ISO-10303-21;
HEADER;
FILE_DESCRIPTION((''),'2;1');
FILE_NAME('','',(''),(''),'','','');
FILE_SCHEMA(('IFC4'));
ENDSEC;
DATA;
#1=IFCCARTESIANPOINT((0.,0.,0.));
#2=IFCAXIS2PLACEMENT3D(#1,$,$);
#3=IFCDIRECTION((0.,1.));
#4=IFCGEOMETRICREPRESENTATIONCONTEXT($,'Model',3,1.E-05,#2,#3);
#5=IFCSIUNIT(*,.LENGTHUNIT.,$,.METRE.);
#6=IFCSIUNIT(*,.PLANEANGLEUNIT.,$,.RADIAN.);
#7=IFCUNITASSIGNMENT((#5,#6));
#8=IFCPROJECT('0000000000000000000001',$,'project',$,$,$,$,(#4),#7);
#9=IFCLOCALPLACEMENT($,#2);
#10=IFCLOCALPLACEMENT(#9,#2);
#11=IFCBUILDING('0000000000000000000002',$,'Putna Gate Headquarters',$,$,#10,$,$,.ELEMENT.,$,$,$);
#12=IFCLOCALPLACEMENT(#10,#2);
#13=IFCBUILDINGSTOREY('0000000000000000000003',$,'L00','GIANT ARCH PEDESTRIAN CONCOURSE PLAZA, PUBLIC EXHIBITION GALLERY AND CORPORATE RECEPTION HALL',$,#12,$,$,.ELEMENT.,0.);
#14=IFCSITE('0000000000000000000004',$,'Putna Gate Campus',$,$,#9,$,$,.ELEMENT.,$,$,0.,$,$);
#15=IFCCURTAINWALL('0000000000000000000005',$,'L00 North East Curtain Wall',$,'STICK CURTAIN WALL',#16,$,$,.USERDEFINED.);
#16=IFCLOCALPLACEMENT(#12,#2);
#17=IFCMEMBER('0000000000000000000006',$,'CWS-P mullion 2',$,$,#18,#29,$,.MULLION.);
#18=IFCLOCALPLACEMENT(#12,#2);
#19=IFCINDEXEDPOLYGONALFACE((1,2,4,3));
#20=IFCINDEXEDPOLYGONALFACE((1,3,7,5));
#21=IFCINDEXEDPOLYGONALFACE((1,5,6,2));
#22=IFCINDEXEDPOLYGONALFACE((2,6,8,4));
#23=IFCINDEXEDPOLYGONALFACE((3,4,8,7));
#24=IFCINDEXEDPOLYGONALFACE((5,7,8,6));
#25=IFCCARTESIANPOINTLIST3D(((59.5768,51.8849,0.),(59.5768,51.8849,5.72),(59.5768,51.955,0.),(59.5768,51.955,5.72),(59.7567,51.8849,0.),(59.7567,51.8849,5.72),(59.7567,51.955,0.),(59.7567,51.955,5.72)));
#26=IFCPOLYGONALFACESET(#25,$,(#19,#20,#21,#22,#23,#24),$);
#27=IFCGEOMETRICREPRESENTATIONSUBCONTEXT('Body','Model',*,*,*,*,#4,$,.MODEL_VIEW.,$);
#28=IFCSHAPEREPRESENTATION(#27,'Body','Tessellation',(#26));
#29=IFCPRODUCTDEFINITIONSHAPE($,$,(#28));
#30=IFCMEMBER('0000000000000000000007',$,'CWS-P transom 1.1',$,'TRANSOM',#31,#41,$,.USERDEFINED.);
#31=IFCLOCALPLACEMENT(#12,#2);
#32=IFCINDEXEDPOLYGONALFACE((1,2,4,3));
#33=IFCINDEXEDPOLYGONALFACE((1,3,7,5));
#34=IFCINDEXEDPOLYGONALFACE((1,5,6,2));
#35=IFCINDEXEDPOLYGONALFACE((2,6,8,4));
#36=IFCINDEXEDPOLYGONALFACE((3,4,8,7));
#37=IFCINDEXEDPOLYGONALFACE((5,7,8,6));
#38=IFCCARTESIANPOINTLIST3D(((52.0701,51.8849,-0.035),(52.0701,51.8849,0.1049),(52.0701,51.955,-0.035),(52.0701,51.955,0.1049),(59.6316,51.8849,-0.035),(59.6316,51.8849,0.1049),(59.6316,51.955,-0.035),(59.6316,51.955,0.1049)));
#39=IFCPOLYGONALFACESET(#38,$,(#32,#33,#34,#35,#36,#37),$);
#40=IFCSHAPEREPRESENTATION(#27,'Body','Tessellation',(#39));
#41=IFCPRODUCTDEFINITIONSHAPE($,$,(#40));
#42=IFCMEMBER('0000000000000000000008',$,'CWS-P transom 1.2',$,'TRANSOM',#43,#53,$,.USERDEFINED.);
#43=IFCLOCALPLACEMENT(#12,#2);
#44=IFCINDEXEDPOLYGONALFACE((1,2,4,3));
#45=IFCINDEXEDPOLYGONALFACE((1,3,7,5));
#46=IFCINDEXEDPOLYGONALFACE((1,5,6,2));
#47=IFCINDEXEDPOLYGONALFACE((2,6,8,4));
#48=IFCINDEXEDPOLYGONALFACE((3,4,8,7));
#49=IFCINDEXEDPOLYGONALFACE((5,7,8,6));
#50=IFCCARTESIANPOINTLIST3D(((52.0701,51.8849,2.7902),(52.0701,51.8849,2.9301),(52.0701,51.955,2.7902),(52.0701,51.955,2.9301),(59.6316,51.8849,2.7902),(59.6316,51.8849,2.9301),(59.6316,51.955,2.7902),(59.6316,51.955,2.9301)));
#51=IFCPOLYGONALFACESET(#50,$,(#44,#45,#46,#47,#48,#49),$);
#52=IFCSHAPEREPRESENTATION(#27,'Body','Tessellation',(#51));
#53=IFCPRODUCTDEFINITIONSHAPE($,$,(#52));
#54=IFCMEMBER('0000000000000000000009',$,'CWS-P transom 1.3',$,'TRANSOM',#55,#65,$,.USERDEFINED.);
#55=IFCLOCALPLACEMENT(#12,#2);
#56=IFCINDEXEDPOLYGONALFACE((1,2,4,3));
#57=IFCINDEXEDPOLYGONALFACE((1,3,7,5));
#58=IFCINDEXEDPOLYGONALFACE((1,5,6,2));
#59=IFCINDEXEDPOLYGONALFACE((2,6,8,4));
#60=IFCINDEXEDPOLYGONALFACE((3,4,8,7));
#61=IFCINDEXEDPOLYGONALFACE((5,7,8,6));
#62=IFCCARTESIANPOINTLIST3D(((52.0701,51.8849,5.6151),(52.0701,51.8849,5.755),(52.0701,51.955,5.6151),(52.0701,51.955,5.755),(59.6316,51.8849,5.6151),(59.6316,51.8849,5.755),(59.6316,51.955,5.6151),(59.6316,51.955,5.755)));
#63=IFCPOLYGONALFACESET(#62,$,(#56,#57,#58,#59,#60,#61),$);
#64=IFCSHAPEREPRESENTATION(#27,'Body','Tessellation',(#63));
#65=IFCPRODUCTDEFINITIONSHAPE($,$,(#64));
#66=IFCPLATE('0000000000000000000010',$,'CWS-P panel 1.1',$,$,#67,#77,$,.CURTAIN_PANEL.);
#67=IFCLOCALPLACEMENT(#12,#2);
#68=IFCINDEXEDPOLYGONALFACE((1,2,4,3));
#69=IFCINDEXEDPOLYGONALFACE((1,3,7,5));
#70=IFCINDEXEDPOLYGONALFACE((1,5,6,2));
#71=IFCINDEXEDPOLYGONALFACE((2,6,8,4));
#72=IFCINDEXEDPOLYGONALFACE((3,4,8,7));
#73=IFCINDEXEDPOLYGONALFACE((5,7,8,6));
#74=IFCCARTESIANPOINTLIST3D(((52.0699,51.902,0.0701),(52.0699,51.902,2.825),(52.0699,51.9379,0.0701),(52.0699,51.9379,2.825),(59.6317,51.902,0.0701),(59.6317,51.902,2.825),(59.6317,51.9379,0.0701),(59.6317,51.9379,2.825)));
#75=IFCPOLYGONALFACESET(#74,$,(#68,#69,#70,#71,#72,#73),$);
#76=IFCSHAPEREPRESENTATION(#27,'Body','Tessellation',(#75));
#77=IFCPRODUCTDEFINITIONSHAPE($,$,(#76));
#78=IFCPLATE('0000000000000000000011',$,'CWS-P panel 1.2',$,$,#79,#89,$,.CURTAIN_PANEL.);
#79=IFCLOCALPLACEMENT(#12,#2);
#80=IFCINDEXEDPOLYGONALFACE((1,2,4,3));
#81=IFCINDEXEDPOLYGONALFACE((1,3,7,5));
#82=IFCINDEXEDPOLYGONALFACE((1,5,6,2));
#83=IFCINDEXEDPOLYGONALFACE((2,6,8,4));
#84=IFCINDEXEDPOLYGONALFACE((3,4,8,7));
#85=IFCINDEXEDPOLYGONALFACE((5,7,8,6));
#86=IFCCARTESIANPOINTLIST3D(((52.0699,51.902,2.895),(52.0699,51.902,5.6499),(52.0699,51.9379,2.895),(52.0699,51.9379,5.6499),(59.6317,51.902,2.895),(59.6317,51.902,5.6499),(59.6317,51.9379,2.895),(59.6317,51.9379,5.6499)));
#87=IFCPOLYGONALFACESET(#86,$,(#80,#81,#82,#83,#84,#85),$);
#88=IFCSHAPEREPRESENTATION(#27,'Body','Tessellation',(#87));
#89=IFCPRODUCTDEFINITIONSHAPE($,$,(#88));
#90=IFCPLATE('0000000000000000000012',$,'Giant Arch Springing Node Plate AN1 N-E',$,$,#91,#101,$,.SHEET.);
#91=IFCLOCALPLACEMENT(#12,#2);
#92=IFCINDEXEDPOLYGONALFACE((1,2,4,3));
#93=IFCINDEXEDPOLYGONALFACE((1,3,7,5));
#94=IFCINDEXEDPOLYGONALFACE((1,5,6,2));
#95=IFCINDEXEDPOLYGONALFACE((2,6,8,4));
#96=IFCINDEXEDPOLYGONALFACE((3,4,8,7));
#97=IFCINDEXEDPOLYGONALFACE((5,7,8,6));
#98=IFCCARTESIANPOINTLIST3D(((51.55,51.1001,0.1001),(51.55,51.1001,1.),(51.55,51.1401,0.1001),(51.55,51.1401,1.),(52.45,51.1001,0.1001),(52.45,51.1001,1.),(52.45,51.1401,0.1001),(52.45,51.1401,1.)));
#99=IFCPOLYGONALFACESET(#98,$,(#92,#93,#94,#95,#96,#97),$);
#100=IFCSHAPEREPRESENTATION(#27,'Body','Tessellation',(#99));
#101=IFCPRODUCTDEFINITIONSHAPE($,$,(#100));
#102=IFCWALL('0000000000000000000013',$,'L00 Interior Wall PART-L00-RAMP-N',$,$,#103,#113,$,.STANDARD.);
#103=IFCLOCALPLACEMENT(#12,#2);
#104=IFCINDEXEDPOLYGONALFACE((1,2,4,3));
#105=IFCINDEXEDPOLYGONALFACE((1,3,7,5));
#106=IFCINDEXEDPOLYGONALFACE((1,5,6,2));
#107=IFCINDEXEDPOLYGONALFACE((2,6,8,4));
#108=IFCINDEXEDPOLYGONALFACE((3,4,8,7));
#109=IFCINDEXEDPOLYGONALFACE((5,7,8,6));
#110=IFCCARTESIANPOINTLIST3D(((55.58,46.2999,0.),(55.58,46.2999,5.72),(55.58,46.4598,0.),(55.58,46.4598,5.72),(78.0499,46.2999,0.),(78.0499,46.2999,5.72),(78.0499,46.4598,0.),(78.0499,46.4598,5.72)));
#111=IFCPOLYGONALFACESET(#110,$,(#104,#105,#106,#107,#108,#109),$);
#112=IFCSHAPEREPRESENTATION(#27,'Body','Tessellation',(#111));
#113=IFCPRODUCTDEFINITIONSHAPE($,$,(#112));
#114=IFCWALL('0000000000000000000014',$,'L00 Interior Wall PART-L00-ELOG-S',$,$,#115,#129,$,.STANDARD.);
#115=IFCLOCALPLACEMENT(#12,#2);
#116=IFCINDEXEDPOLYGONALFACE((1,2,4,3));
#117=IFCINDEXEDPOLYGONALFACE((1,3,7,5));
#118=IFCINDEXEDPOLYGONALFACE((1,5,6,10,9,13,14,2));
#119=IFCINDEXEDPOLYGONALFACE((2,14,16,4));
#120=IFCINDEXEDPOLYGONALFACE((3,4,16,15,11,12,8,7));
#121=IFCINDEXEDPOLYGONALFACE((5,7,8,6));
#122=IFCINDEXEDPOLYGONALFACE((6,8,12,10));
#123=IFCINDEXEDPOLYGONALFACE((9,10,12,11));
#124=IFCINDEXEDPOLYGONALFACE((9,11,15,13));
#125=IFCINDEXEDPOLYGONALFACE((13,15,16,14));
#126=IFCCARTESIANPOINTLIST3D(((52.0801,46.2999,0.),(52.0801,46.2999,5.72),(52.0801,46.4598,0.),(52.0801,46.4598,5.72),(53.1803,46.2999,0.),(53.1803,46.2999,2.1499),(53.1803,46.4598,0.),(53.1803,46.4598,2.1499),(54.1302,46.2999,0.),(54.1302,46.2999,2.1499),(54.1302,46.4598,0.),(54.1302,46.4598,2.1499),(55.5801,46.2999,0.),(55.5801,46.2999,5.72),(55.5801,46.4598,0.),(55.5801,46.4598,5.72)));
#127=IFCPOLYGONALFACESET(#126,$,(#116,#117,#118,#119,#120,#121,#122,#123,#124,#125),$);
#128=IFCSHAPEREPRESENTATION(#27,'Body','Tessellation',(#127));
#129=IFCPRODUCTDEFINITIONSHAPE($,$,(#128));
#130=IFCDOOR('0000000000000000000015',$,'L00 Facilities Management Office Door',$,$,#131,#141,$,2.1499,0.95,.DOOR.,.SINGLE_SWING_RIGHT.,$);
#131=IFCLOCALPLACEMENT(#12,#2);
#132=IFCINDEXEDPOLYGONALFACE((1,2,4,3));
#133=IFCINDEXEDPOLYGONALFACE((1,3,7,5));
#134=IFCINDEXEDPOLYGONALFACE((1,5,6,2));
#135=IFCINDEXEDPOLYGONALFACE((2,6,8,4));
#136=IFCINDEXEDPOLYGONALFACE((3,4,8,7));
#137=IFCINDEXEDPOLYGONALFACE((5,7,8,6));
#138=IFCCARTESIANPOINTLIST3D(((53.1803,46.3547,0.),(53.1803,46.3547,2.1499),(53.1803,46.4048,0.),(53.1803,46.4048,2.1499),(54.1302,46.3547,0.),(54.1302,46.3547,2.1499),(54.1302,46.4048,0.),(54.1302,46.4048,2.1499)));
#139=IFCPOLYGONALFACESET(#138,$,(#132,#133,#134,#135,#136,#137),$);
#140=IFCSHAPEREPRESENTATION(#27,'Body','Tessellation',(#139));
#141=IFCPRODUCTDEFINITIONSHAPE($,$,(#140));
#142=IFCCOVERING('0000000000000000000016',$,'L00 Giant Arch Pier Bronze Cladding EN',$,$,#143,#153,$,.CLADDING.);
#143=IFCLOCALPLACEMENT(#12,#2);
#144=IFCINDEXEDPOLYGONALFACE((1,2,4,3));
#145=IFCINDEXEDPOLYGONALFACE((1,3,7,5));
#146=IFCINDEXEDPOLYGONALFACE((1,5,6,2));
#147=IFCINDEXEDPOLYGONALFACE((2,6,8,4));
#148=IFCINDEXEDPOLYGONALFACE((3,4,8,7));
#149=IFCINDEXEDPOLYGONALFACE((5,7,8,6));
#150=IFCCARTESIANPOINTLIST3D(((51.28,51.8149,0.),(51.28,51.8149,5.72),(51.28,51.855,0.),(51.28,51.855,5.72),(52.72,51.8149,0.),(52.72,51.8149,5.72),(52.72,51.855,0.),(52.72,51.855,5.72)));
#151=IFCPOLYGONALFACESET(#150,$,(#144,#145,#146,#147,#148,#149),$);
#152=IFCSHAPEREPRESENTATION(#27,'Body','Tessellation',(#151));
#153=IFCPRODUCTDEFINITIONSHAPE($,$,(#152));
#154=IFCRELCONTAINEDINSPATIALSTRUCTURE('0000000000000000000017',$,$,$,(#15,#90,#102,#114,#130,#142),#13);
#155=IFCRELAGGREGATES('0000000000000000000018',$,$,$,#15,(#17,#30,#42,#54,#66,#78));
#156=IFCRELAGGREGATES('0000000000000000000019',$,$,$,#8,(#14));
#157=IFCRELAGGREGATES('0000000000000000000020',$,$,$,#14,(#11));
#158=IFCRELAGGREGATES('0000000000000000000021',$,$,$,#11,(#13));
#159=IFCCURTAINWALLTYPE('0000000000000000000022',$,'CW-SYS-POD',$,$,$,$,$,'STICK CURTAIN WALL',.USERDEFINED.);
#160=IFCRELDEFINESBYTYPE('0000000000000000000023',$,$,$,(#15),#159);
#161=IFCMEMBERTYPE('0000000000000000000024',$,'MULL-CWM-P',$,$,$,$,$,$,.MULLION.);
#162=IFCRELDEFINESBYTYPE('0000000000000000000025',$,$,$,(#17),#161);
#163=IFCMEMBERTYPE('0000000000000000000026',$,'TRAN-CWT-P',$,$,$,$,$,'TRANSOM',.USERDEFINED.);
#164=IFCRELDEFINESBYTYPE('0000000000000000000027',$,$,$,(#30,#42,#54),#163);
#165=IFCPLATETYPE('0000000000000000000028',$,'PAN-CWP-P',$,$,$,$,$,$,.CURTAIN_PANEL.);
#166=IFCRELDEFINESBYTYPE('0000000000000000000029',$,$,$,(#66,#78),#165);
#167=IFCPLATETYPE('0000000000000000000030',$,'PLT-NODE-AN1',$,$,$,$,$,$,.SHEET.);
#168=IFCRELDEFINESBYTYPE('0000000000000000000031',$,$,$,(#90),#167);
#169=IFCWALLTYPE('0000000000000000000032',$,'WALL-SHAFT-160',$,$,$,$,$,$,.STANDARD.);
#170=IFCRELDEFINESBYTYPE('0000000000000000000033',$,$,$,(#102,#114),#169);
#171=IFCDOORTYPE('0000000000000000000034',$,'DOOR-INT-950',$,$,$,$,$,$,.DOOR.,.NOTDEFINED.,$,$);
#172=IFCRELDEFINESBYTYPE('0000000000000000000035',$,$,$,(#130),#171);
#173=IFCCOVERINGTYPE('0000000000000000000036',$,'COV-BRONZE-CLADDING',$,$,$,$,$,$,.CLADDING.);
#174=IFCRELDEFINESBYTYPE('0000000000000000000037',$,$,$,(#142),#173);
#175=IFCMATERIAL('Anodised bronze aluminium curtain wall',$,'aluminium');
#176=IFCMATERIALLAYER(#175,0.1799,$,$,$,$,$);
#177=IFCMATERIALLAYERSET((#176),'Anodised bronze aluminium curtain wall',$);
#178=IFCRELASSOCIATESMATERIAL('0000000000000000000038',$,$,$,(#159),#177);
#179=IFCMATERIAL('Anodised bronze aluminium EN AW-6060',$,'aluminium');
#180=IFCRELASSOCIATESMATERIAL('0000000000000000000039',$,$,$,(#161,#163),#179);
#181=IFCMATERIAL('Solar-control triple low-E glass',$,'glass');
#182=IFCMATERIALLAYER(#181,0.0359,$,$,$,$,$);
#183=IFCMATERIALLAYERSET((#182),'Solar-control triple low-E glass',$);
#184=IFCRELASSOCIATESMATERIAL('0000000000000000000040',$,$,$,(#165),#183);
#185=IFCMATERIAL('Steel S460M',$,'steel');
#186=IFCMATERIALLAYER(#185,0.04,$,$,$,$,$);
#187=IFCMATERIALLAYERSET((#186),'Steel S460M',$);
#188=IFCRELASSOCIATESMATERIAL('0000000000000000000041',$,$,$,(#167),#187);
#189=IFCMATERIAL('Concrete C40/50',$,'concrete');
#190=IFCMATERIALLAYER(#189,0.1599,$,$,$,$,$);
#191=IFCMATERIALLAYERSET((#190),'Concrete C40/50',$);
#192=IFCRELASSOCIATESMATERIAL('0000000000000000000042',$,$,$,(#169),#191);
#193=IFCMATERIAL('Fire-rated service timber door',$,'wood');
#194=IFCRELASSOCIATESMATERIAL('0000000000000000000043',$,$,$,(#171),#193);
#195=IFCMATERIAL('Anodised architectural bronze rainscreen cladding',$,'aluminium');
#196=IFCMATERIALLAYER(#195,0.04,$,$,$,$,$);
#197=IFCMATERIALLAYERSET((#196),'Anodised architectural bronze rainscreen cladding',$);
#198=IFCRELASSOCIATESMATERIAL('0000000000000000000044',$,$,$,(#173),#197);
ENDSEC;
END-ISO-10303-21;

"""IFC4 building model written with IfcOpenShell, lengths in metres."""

from ifc_helpers import new_model, si_unit, direction, frame, frame_2d, origin, origin_2d, place, context, subcontext, project, spatial, rectangle, extrude, material, layer, layer_set, material_profile, profile_set, type_object, element, fill, aggregate, save


model = new_model("IFC4")

# Units and contexts
model_context = context("Model", 3, precision=1e-05, world=origin(), true_north=direction((0.0, 1.0)))
body_context = subcontext(model_context, "Body", "Model", "MODEL_VIEW")
ifc_project = project(units=[si_unit("LENGTHUNIT", "METRE"), si_unit("PLANEANGLEUNIT", "RADIAN")], contexts=[model_context])

# Site, building, storey
site_placement = place(None, origin())
site = spatial("IfcSite", under=ifc_project, at=site_placement, Name="Putna Gate Campus", CompositionType="ELEMENT", RefElevation=0.0)
building_placement = place(site_placement, origin())
building = spatial("IfcBuilding", under=site, at=building_placement, Name="Putna Gate Headquarters", CompositionType="ELEMENT")
storey_placement = place(building_placement, origin())
storey = spatial("IfcBuildingStorey", under=building, at=storey_placement, Name="L00", Description="GIANT ARCH PEDESTRIAN CONCOURSE PLAZA, PUBLIC EXHIBITION GALLERY AND CORPORATE RECEPTION HALL", CompositionType="ELEMENT", Elevation=0.0)

# Curtain wall, members, plates
ifc_material_1 = material(Name="Anodised bronze aluminium curtain wall", Category="aluminium")
ifc_layer_1 = layer(ifc_material_1, 0.1799)
ifc_layer_set_1 = layer_set([ifc_layer_1], Name="Anodised bronze aluminium curtain wall")
curtain_wall_type = type_object("IfcCurtainWallType", Name="CW-SYS-POD", ElementType="STICK CURTAIN WALL", PredefinedType="USERDEFINED", material=ifc_layer_set_1)
curtain_wall_placement = place(storey_placement, origin())
curtain_wall = element("IfcCurtainWall", 1, at=curtain_wall_placement, inside=storey, type_object=curtain_wall_type, Name="L00 North East Curtain Wall", ObjectType="STICK CURTAIN WALL", PredefinedType="USERDEFINED")
ifc_material_2 = material(Name="Anodised bronze aluminium EN AW-6060", Category="aluminium")
ifc_material_profile_1 = material_profile(ifc_material_2, rectangle(XDim=0.0701, YDim=0.1799, at=origin_2d()), Name="Anodised bronze aluminium EN AW-6060")
ifc_profile_set_1 = profile_set([ifc_material_profile_1], Name="Anodised bronze aluminium EN AW-6060")
member_type_1 = type_object("IfcMemberType", Name="MULL-CWM-P", PredefinedType="MULLION", material=ifc_profile_set_1)
member_1_placement = place(storey_placement, frame((59.6667, 51.9199, 0.0), z_axis=(0.0, 0.0, 1.0), x_axis=(0.0, 1.0, 0.0)))
member_1 = element("IfcMember", 2, at=member_1_placement, type_object=member_type_1, Name="CWS-P mullion 2", PredefinedType="MULLION", context=body_context, shape_type="SweptSolid", body=[
    extrude(rectangle(XDim=0.0701, YDim=0.1799, at=origin_2d()), origin(), (0.0, 0.0, 1.0), 5.72),
])
ifc_material_profile_2 = material_profile(ifc_material_2, rectangle(XDim=0.0701, YDim=0.1399, at=origin_2d()), Name="Anodised bronze aluminium EN AW-6060")
ifc_profile_set_2 = profile_set([ifc_material_profile_2], Name="Anodised bronze aluminium EN AW-6060")
member_type_2 = type_object("IfcMemberType", Name="TRAN-CWT-P", ElementType="TRANSOM", PredefinedType="USERDEFINED", material=ifc_profile_set_2)
member_2_placement = place(storey_placement, frame((52.0701, 51.9199, 0.0349), z_axis=(1.0, 0.0, 0.0), x_axis=(0.0, 1.0, 0.0)))
member_2 = element("IfcMember", 3, at=member_2_placement, type_object=member_type_2, Name="CWS-P transom 1.1", ObjectType="TRANSOM", PredefinedType="USERDEFINED", context=body_context, shape_type="SweptSolid", body=[
    extrude(rectangle(XDim=0.0701, YDim=0.1399, at=origin_2d()), origin(), (0.0, 0.0, 1.0), 7.5615),
])
member_3_placement = place(storey_placement, frame((52.0701, 51.9199, 2.8601), z_axis=(1.0, 0.0, 0.0), x_axis=(0.0, 1.0, 0.0)))
member_3 = element("IfcMember", 4, at=member_3_placement, type_object=member_type_2, Name="CWS-P transom 1.2", ObjectType="TRANSOM", PredefinedType="USERDEFINED", context=body_context, shape_type="SweptSolid", body=[
    extrude(rectangle(XDim=0.0701, YDim=0.1399, at=origin_2d()), origin(), (0.0, 0.0, 1.0), 7.5615),
])
member_4_placement = place(storey_placement, frame((52.0701, 51.9199, 5.6851), z_axis=(1.0, 0.0, 0.0), x_axis=(0.0, 1.0, 0.0)))
member_4 = element("IfcMember", 5, at=member_4_placement, type_object=member_type_2, Name="CWS-P transom 1.3", ObjectType="TRANSOM", PredefinedType="USERDEFINED", context=body_context, shape_type="SweptSolid", body=[
    extrude(rectangle(XDim=0.0701, YDim=0.1399, at=origin_2d()), origin(), (0.0, 0.0, 1.0), 7.5615),
])
ifc_material_3 = material(Name="Solar-control triple low-E glass", Category="glass")
ifc_layer_2 = layer(ifc_material_3, 0.0359)
ifc_layer_set_2 = layer_set([ifc_layer_2], Name="Solar-control triple low-E glass")
plate_type_1 = type_object("IfcPlateType", Name="PAN-CWP-P", PredefinedType="CURTAIN_PANEL", material=ifc_layer_set_2)
plate_1_placement = place(storey_placement, frame((55.8508, 51.9199, 0.0701), z_axis=(0.0, 0.0, 1.0), x_axis=(1.0, 0.0, 0.0)))
plate_1 = element("IfcPlate", 6, at=plate_1_placement, type_object=plate_type_1, Name="CWS-P panel 1.1", PredefinedType="CURTAIN_PANEL", context=body_context, shape_type="SweptSolid", body=[
    extrude(rectangle(XDim=7.5618, YDim=0.0359, at=origin_2d()), origin(), (0.0, 0.0, 1.0), 2.7549),
])
plate_2_placement = place(storey_placement, frame((55.8508, 51.9199, 2.895), z_axis=(0.0, 0.0, 1.0), x_axis=(1.0, 0.0, 0.0)))
plate_2 = element("IfcPlate", 7, at=plate_2_placement, type_object=plate_type_1, Name="CWS-P panel 1.2", PredefinedType="CURTAIN_PANEL", context=body_context, shape_type="SweptSolid", body=[
    extrude(rectangle(XDim=7.5618, YDim=0.0359, at=origin_2d()), origin(), (0.0, 0.0, 1.0), 2.7549),
])
aggregate(curtain_wall, [member_1, member_2, member_3, member_4, plate_1, plate_2])

# Plate
ifc_material_4 = material(Name="Steel S460M", Category="steel")
ifc_layer_3 = layer(ifc_material_4, 0.04)
ifc_layer_set_3 = layer_set([ifc_layer_3], Name="Steel S460M")
plate_type_2 = type_object("IfcPlateType", Name="PLT-NODE-AN1", PredefinedType="SHEET", material=ifc_layer_set_3)
plate_3_placement = place(storey_placement, frame((52.0, 51.1201, 0.1001), z_axis=(0.0, 0.0, 1.0), x_axis=(1.0, 0.0, 0.0)))
element("IfcPlate", 8, at=plate_3_placement, inside=storey, type_object=plate_type_2, Name="Giant Arch Springing Node Plate AN1 N-E", PredefinedType="SHEET", context=body_context, shape_type="SweptSolid", body=[
    extrude(rectangle(XDim=0.8999, YDim=0.04, at=origin_2d()), origin(), (0.0, 0.0, 1.0), 0.8999),
])

# Wall
ifc_material_5 = material(Name="Concrete C40/50", Category="concrete")
ifc_layer_4 = layer(ifc_material_5, 0.1599)
ifc_layer_set_4 = layer_set([ifc_layer_4], Name="Concrete C40/50")
wall_type = type_object("IfcWallType", Name="WALL-SHAFT-160", PredefinedType="STANDARD", material=ifc_layer_set_4)
wall_1_placement = place(storey_placement, frame((55.5801, 46.3799, 0.0), z_axis=(0.0, 0.0, 1.0), x_axis=(1.0, 0.0, 0.0)))
element("IfcWall", 9, at=wall_1_placement, inside=storey, type_object=wall_type, Name="L00 Interior Wall PART-L00-RAMP-N", PredefinedType="STANDARD", context=body_context, shape_type="SweptSolid", body=[
    extrude(rectangle(XDim=22.47, YDim=0.1599, at=frame_2d((11.2349, 0.0))), origin(), (0.0, 0.0, 1.0), 5.72),
])

# Wall, opening, door
wall_2_placement = place(storey_placement, frame((52.0801, 46.3799, 0.0), z_axis=(0.0, 0.0, 1.0), x_axis=(1.0, 0.0, 0.0)))
wall_2 = element("IfcWall", 10, at=wall_2_placement, inside=storey, type_object=wall_type, Name="L00 Interior Wall PART-L00-ELOG-S", PredefinedType="STANDARD", context=body_context, shape_type="SweptSolid", body=[
    extrude(rectangle(XDim=3.5, YDim=0.1599, at=frame_2d((1.75, 0.0))), origin(), (0.0, 0.0, 1.0), 5.72),
])
opening_placement = place(wall_2_placement, frame((1.1001, 0.0, 0.0)))
opening = element("IfcOpeningElement", 11, at=opening_placement, cuts=wall_2, PredefinedType="OPENING", context=body_context, shape_type="SweptSolid", body=[
    extrude(rectangle(XDim=0.95, YDim=2.1499, at=frame_2d((0.4751, 1.075))), frame((0.0, 0.0898, 0.0), z_axis=(0.0, -1.0, 0.0), x_axis=(1.0, 0.0, 0.0)), (0.0, 0.0, 1.0), 0.1799),
])
ifc_material_6 = material(Name="Fire-rated service timber door", Category="wood")
door_type = type_object("IfcDoorType", Name="DOOR-INT-950", OperationType="NOTDEFINED", PredefinedType="DOOR", material=ifc_material_6)
door_placement = place(opening_placement, origin())
door = element("IfcDoor", 12, at=door_placement, inside=storey, type_object=door_type, Name="L00 Facilities Management Office Door", OperationType="SINGLE_SWING_RIGHT", OverallHeight=2.1499, OverallWidth=0.95, PredefinedType="DOOR", context=body_context, shape_type="SweptSolid", body=[
    extrude(rectangle(XDim=0.95, YDim=2.1499, at=frame_2d((0.4751, 1.075))), frame((0.0, 0.0249, 0.0), z_axis=(0.0, -1.0, 0.0), x_axis=(1.0, 0.0, 0.0)), (0.0, 0.0, 1.0), 0.05),
])
fill(opening, door)

# Covering
ifc_material_7 = material(Name="Anodised architectural bronze rainscreen cladding", Category="aluminium")
ifc_layer_5 = layer(ifc_material_7, 0.04)
ifc_layer_set_5 = layer_set([ifc_layer_5], Name="Anodised architectural bronze rainscreen cladding")
covering_type = type_object("IfcCoveringType", Name="COV-BRONZE-CLADDING", PredefinedType="CLADDING", material=ifc_layer_set_5)
covering_placement = place(storey_placement, frame((52.0, 51.835, 0.0), z_axis=(0.0, 0.0, 1.0), x_axis=(1.0, 0.0, 0.0)))
element("IfcCovering", 13, at=covering_placement, inside=storey, type_object=covering_type, Name="L00 Giant Arch Pier Bronze Cladding EN", PredefinedType="CLADDING", context=body_context, shape_type="SweptSolid", body=[
    extrude(rectangle(XDim=1.4399, YDim=0.04, at=origin_2d()), origin(), (0.0, 0.0, 1.0), 5.72),
])

save(model, "model.ifc")
